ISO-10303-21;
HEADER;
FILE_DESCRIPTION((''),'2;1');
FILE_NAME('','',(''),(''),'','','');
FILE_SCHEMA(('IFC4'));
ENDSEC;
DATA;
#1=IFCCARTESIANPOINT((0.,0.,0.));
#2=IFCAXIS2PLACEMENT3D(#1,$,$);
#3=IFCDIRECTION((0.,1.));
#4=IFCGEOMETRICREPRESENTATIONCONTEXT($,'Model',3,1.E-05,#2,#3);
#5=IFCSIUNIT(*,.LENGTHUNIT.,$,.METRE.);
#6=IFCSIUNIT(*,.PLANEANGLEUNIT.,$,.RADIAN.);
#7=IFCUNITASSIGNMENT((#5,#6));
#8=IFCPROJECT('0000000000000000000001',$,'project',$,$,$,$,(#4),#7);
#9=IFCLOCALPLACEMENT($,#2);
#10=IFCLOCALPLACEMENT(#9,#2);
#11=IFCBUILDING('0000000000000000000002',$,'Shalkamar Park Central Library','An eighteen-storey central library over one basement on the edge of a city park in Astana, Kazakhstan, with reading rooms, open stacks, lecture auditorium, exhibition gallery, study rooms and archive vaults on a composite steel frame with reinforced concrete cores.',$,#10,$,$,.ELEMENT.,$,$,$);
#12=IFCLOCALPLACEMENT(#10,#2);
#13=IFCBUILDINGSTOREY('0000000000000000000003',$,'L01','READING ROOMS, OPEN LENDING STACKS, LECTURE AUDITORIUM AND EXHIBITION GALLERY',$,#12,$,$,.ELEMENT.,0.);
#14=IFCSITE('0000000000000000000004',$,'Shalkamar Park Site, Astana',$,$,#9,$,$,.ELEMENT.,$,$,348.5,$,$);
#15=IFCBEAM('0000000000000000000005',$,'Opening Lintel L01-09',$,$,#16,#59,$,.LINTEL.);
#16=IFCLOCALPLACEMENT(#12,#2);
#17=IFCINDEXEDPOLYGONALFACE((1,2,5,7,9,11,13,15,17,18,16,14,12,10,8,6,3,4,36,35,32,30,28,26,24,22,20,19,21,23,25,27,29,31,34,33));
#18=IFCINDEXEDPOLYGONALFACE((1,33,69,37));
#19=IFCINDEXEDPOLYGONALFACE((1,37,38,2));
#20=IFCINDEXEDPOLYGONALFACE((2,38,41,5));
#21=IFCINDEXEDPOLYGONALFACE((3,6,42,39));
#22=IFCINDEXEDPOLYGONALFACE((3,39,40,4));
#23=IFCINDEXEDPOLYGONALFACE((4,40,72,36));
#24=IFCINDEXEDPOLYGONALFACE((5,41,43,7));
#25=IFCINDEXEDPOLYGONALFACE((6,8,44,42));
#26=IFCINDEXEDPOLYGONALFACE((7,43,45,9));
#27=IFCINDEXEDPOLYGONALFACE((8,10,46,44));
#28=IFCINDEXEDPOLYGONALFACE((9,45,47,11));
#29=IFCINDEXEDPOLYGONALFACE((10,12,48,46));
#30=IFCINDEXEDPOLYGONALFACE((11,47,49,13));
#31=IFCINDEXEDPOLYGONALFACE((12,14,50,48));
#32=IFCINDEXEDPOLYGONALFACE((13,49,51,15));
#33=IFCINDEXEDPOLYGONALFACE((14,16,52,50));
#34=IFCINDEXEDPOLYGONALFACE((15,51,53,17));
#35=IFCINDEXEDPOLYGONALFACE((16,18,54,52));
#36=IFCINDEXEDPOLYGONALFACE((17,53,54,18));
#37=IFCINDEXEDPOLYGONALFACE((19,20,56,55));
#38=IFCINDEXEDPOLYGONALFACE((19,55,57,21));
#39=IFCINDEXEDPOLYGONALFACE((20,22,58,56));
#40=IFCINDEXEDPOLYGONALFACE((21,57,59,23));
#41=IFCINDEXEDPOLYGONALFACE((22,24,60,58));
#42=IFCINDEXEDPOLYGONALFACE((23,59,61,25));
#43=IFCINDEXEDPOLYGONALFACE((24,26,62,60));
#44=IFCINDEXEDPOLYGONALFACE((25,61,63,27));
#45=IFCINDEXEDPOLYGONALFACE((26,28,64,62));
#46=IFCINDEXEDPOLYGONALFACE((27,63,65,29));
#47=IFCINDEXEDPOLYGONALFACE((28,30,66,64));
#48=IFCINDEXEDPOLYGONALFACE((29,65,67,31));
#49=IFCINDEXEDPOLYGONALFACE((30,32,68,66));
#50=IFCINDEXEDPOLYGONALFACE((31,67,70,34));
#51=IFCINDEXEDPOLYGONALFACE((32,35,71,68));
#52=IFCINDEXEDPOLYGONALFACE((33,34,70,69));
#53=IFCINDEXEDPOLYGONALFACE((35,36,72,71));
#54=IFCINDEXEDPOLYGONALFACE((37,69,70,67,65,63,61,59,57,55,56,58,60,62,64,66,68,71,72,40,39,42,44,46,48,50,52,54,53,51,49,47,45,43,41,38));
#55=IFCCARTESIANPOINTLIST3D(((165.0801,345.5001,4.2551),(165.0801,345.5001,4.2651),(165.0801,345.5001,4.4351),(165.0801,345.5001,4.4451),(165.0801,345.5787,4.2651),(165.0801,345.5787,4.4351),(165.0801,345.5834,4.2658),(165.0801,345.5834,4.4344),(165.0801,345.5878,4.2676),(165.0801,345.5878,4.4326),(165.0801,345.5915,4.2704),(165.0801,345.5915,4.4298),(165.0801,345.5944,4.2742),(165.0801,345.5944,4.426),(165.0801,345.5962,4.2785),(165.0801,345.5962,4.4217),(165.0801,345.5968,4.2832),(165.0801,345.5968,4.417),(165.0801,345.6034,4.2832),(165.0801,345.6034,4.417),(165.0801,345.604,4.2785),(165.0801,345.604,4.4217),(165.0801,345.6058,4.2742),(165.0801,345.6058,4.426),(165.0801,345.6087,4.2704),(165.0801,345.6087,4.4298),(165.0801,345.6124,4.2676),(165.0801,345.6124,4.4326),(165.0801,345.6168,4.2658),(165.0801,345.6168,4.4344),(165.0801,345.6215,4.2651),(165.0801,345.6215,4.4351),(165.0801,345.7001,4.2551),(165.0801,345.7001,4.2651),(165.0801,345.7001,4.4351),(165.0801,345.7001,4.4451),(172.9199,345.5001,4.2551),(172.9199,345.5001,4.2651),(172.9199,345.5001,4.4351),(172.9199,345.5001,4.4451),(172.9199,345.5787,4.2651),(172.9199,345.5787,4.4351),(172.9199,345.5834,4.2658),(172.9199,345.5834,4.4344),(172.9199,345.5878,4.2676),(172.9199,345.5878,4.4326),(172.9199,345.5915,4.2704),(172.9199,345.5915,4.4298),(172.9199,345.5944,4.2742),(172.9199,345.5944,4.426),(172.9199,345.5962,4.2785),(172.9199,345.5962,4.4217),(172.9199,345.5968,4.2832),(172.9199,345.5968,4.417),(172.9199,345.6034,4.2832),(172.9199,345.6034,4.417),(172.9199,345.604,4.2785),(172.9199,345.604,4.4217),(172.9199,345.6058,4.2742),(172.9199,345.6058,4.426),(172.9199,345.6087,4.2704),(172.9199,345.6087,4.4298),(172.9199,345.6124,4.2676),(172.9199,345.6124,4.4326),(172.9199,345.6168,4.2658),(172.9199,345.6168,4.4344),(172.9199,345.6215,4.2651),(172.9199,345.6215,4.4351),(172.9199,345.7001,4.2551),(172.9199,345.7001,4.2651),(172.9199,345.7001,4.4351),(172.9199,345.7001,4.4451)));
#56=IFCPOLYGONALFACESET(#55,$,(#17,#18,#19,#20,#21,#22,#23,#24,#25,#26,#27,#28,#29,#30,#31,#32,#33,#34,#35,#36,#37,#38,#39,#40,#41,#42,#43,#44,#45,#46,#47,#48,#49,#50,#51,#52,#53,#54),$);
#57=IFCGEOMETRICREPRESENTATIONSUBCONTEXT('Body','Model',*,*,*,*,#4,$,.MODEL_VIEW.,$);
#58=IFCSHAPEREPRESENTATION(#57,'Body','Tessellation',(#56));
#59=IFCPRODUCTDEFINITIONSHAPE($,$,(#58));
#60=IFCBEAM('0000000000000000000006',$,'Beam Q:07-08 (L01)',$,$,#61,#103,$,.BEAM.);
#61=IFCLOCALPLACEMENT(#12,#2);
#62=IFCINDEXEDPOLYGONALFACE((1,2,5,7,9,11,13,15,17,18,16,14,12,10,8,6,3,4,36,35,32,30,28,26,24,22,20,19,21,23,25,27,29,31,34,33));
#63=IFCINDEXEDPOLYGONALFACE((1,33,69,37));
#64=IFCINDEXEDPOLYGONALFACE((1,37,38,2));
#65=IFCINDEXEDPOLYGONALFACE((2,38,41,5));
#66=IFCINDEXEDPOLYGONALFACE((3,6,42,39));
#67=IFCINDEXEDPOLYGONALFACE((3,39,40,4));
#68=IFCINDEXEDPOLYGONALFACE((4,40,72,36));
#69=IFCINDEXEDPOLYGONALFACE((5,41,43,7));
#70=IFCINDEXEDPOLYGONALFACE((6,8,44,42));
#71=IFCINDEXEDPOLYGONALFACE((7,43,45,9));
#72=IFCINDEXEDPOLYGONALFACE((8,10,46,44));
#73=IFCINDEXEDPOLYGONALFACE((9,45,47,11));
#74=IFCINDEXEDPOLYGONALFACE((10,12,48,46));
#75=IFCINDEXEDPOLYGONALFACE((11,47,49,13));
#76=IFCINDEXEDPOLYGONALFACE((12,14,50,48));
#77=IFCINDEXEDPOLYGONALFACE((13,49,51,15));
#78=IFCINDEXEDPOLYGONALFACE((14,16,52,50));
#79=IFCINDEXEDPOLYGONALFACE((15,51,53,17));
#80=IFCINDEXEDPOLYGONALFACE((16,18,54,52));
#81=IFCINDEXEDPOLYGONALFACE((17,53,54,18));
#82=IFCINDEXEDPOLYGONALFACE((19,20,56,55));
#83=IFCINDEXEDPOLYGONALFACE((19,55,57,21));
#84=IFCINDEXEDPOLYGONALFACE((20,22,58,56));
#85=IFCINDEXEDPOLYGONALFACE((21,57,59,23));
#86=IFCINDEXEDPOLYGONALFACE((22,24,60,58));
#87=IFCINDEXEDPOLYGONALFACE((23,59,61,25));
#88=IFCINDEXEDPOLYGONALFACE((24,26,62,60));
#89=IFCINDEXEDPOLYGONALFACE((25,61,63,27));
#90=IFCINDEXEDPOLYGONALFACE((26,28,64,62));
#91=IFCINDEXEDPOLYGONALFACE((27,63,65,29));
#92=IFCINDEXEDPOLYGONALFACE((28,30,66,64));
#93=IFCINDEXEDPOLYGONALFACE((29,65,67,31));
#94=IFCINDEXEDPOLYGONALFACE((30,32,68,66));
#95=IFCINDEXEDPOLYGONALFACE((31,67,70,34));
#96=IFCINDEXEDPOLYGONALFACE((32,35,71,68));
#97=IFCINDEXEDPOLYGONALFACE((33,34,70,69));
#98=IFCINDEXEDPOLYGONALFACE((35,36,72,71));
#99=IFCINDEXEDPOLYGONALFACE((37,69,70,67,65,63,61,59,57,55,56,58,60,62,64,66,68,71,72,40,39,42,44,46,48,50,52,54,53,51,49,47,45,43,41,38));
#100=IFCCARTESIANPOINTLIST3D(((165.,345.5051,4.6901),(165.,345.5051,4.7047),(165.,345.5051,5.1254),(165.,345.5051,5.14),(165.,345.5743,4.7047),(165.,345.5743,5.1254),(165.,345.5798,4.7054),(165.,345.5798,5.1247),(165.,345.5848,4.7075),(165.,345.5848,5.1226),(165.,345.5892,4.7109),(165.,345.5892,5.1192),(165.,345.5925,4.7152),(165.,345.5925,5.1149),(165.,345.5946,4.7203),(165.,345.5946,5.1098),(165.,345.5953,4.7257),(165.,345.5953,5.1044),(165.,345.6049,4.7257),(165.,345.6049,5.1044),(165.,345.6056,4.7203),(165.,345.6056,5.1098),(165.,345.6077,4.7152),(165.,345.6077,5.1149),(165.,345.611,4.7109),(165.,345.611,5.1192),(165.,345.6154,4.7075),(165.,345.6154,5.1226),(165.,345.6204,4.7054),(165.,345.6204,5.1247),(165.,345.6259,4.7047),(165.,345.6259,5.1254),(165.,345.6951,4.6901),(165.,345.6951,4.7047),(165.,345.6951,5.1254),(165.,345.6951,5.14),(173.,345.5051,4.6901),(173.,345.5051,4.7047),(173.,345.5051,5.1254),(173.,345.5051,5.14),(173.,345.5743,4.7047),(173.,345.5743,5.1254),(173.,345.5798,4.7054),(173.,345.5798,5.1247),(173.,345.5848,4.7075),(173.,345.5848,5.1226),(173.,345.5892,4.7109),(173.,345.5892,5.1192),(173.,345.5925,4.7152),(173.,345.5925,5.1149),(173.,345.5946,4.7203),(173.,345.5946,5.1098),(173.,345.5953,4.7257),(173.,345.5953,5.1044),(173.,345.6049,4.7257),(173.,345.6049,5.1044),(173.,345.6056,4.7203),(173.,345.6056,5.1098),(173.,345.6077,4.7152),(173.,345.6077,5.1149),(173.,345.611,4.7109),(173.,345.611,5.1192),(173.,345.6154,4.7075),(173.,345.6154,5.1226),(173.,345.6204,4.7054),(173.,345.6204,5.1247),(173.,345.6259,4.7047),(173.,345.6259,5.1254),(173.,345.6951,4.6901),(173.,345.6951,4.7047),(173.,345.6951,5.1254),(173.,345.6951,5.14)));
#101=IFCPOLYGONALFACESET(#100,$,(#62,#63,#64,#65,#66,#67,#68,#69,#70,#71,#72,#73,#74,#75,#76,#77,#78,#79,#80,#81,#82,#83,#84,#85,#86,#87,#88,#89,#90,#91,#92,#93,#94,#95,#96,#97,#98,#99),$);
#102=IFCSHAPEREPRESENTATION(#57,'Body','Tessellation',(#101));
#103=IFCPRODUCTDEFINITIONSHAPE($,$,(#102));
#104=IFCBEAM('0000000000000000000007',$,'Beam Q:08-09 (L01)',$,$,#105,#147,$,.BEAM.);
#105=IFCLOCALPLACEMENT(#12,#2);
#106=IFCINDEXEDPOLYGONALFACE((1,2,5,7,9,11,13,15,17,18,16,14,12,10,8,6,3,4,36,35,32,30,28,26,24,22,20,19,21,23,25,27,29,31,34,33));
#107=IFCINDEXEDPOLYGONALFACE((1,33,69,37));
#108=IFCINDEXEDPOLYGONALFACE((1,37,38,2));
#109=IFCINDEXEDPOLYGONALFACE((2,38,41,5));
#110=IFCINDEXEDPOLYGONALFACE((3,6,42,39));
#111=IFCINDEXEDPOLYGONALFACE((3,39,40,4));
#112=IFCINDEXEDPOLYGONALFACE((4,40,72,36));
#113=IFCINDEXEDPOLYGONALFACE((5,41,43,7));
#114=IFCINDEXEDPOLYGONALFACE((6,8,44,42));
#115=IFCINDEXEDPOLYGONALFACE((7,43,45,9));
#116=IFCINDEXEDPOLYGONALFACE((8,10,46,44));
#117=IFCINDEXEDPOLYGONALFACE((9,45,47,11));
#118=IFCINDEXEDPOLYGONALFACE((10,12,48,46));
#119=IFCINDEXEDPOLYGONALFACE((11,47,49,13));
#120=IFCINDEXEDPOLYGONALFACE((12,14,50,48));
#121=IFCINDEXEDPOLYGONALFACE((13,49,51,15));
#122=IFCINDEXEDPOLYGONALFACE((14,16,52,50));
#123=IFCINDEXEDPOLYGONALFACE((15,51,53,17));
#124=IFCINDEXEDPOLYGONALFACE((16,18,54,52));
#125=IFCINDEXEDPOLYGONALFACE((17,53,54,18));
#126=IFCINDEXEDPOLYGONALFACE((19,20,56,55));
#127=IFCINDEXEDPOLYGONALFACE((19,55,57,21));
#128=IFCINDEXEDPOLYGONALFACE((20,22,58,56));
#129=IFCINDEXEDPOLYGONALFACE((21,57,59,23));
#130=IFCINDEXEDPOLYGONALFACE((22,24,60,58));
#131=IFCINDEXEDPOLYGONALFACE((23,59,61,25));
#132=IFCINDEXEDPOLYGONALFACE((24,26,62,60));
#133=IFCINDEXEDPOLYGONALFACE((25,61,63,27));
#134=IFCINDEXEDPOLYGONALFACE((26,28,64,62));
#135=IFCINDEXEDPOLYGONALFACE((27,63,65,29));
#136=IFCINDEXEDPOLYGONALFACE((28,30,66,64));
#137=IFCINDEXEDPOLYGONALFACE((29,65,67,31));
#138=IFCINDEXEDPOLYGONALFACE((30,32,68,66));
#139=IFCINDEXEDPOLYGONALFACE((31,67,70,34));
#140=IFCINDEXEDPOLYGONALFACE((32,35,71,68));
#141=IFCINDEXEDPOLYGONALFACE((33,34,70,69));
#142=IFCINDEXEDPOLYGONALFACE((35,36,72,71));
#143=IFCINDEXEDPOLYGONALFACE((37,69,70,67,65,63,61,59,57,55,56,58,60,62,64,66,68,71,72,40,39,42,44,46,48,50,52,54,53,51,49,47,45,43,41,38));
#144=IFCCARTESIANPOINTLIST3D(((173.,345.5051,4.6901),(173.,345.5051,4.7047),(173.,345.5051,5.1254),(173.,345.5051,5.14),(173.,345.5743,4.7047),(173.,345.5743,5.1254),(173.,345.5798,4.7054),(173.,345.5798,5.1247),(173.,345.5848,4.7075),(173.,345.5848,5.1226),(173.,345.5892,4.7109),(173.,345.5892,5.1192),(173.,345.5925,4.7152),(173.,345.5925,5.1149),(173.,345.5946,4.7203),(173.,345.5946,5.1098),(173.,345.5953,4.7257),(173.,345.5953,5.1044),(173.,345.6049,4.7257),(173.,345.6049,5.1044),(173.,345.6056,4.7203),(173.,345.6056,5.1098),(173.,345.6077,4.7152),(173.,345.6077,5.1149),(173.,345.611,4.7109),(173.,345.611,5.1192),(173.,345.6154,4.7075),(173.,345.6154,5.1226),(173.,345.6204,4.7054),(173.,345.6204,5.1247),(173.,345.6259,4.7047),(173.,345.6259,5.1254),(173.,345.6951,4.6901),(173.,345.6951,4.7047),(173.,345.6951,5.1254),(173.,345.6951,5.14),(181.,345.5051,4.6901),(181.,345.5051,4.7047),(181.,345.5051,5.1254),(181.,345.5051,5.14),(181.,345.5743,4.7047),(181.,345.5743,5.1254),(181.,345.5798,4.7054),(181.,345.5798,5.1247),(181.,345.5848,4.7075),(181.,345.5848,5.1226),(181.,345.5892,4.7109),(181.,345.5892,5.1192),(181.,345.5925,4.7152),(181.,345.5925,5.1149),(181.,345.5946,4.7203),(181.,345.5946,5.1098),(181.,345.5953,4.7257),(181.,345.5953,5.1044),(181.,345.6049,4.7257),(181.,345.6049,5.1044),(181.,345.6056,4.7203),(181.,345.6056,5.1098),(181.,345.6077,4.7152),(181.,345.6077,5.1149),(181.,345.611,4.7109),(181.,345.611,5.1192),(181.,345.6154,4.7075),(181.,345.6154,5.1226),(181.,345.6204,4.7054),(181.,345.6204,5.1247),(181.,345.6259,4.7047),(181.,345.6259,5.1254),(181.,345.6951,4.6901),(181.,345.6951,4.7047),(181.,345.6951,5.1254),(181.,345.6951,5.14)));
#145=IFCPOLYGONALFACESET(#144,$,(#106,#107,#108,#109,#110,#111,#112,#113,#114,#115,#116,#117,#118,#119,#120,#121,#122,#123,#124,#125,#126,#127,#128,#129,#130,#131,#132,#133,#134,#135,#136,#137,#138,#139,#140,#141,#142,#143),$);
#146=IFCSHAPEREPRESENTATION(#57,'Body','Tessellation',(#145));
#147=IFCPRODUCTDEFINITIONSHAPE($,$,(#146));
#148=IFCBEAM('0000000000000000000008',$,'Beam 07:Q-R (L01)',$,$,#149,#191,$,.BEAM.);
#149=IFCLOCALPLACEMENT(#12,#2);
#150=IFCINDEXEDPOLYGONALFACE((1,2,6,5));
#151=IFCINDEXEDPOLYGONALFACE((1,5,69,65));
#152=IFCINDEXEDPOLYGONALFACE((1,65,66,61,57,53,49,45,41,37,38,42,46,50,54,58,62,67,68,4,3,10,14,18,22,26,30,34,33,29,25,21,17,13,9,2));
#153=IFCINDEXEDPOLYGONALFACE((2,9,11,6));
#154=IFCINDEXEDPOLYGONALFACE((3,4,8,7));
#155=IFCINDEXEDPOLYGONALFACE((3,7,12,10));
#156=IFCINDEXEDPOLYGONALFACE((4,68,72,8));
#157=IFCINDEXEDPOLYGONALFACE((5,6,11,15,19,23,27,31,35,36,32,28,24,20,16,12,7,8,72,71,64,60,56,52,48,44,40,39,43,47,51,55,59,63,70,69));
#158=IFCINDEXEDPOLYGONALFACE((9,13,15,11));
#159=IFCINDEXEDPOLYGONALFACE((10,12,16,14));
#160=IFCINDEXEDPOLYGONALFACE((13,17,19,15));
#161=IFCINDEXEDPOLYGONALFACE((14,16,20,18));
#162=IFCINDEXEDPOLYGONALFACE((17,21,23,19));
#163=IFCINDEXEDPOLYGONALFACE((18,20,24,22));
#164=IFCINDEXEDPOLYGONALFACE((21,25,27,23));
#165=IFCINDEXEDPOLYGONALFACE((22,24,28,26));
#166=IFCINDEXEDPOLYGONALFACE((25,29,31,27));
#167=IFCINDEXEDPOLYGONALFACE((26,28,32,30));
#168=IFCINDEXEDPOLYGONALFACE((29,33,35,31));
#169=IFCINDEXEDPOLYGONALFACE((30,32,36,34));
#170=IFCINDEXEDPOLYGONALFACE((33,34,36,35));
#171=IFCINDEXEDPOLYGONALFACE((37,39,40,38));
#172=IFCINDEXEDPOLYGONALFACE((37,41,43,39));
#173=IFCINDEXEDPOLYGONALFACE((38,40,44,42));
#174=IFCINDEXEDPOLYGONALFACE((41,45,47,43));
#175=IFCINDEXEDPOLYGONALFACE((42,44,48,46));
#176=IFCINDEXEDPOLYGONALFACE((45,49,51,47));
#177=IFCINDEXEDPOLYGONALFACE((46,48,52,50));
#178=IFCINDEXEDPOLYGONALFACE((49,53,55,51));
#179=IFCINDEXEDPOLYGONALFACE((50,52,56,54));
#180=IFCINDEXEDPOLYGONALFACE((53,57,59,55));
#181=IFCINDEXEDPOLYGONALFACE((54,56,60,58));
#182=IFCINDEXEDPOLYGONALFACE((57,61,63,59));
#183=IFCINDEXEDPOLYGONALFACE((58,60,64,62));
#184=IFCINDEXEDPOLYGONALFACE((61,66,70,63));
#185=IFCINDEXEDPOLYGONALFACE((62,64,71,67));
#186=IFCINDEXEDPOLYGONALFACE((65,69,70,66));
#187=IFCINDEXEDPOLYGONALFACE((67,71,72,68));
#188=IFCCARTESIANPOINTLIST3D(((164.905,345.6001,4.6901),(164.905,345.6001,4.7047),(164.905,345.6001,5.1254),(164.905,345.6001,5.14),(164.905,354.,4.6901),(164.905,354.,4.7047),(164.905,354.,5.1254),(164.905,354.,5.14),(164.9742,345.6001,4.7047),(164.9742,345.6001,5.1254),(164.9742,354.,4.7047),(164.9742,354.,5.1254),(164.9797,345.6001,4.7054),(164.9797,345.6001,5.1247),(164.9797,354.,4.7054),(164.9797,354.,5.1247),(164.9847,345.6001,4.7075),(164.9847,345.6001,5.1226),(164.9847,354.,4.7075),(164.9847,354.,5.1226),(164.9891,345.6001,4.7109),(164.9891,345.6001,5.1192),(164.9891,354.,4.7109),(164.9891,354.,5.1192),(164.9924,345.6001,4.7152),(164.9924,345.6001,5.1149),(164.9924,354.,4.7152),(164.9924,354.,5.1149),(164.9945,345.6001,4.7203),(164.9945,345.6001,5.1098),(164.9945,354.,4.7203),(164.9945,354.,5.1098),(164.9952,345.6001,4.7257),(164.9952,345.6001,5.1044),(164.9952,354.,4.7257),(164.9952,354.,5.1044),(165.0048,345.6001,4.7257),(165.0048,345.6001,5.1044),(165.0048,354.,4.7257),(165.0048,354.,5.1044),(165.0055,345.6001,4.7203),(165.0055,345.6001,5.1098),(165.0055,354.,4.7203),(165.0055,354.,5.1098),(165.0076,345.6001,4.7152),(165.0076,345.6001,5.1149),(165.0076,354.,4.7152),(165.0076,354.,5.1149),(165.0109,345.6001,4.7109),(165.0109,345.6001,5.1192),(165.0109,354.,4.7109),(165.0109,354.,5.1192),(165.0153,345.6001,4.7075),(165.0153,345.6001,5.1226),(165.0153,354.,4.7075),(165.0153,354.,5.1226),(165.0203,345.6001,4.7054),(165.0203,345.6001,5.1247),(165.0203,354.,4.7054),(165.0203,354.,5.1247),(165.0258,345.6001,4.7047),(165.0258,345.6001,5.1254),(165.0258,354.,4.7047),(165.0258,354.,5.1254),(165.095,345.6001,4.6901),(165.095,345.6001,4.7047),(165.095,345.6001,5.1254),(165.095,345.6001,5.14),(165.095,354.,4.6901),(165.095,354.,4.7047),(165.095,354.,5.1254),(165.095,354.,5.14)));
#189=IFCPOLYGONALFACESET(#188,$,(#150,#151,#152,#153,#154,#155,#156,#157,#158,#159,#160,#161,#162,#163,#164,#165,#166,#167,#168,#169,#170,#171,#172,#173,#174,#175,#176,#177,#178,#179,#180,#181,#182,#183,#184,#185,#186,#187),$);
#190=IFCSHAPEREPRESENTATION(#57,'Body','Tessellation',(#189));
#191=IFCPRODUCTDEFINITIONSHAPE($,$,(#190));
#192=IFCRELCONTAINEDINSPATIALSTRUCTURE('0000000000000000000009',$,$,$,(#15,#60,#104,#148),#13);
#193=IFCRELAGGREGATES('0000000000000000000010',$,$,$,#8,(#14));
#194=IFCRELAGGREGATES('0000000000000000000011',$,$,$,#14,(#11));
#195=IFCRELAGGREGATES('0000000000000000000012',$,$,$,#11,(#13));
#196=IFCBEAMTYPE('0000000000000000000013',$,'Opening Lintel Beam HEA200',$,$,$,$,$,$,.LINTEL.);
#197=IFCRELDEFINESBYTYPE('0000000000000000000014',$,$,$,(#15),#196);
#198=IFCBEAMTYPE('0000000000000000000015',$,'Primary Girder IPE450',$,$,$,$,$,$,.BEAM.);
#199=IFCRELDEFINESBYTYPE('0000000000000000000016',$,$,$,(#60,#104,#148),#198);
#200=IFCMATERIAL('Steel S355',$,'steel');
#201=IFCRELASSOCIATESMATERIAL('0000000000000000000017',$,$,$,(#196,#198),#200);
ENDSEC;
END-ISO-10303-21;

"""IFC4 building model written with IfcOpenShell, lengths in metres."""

from ifc_helpers import new_model, si_unit, direction, frame, origin, origin_2d, place, context, subcontext, project, spatial, i_section, extrude, material, material_profile, profile_set, type_object, element, save


model = new_model("IFC4")

# Units and contexts
model_context = context("Model", 3, precision=1e-05, world=origin(), true_north=direction((0.0, 1.0)))
body_context = subcontext(model_context, "Body", "Model", "MODEL_VIEW")
ifc_project = project(units=[si_unit("LENGTHUNIT", "METRE"), si_unit("PLANEANGLEUNIT", "RADIAN")], contexts=[model_context])

# Site, building, storey
site_placement = place(None, origin())
site = spatial("IfcSite", under=ifc_project, at=site_placement, Name="Shalkamar Park Site, Astana", CompositionType="ELEMENT", RefElevation=348.5)
building_placement = place(site_placement, origin())
building = spatial("IfcBuilding", under=site, at=building_placement, Name="Shalkamar Park Central Library", Description="An eighteen-storey central library over one basement on the edge of a city park in Astana, Kazakhstan, with reading rooms, open stacks, lecture auditorium, exhibition gallery, study rooms and archive vaults on a composite steel frame with reinforced concrete cores.", CompositionType="ELEMENT")
storey_placement = place(building_placement, origin())
storey = spatial("IfcBuildingStorey", under=building, at=storey_placement, Name="L01", Description="READING ROOMS, OPEN LENDING STACKS, LECTURE AUDITORIUM AND EXHIBITION GALLERY", CompositionType="ELEMENT", Elevation=0.0)

# Shared definitions
ifc_material_1 = material(Name="Steel S355", Category="steel")

# Beams
ifc_material_profile_1 = material_profile(ifc_material_1, i_section(OverallWidth=0.2, OverallDepth=0.1899, WebThickness=0.0066, FlangeThickness=0.01, FilletRadius=0.0181, at=origin_2d()), Name="HEA 200")
ifc_profile_set_1 = profile_set([ifc_material_profile_1], Name="Steel S355")
beam_type_1 = type_object("IfcBeamType", Name="Opening Lintel Beam HEA200", PredefinedType="LINTEL", material=ifc_profile_set_1)
beam_1_placement = place(storey_placement, frame((165.0801, 345.6001, 4.3501), z_axis=(1.0, 0.0, 0.0), x_axis=(0.0, 1.0, 0.0)))
element("IfcBeam", 1, at=beam_1_placement, inside=storey, type_object=beam_type_1, Name="Opening Lintel L01-09", PredefinedType="LINTEL", context=body_context, shape_type="SweptSolid", body=[
    extrude(i_section(OverallWidth=0.2, OverallDepth=0.1899, WebThickness=0.0066, FlangeThickness=0.01, FilletRadius=0.0181, at=origin_2d()), origin(), (0.0, 0.0, 1.0), 7.8398),
])
ifc_material_profile_2 = material_profile(ifc_material_1, i_section(OverallWidth=0.1899, OverallDepth=0.45, WebThickness=0.0095, FlangeThickness=0.0146, FilletRadius=0.021, at=origin_2d()), Name="IPE 450")
ifc_profile_set_2 = profile_set([ifc_material_profile_2], Name="Steel S355")
beam_type_2 = type_object("IfcBeamType", Name="Primary Girder IPE450", PredefinedType="BEAM", material=ifc_profile_set_2)
for number, where, z_axis, x_axis, name in (
    (2, (165.0, 345.6001, 4.915), (1.0, 0.0, 0.0), (0.0, 1.0, 0.0), "Beam Q:07-08 (L01)"),
    (3, (173.0, 345.6001, 4.915), (1.0, 0.0, 0.0), (0.0, 1.0, 0.0), "Beam Q:08-09 (L01)"),
):
    element("IfcBeam", number, at=place(storey_placement, frame(where, z_axis=z_axis, x_axis=x_axis)), inside=storey, type_object=beam_type_2, Name=name, PredefinedType="BEAM", context=body_context, shape_type="SweptSolid", body=[
        extrude(i_section(OverallWidth=0.1899, OverallDepth=0.45, WebThickness=0.0095, FlangeThickness=0.0146, FilletRadius=0.021, at=origin_2d()), origin(), (0.0, 0.0, 1.0), 8.0),
    ])
for number, where, z_axis, x_axis, name in (
    (4, (165.0, 345.6001, 4.915), (0.0, 1.0, 0.0), (-1.0, 0.0, 0.0), "Beam 07:Q-R (L01)"),
):
    element("IfcBeam", number, at=place(storey_placement, frame(where, z_axis=z_axis, x_axis=x_axis)), inside=storey, type_object=beam_type_2, Name=name, PredefinedType="BEAM", context=body_context, shape_type="SweptSolid", body=[
        extrude(i_section(OverallWidth=0.1899, OverallDepth=0.45, WebThickness=0.0095, FlangeThickness=0.0146, FilletRadius=0.021, at=origin_2d()), origin(), (0.0, 0.0, 1.0), 8.3999),
    ])

save(model, "model.ifc")
